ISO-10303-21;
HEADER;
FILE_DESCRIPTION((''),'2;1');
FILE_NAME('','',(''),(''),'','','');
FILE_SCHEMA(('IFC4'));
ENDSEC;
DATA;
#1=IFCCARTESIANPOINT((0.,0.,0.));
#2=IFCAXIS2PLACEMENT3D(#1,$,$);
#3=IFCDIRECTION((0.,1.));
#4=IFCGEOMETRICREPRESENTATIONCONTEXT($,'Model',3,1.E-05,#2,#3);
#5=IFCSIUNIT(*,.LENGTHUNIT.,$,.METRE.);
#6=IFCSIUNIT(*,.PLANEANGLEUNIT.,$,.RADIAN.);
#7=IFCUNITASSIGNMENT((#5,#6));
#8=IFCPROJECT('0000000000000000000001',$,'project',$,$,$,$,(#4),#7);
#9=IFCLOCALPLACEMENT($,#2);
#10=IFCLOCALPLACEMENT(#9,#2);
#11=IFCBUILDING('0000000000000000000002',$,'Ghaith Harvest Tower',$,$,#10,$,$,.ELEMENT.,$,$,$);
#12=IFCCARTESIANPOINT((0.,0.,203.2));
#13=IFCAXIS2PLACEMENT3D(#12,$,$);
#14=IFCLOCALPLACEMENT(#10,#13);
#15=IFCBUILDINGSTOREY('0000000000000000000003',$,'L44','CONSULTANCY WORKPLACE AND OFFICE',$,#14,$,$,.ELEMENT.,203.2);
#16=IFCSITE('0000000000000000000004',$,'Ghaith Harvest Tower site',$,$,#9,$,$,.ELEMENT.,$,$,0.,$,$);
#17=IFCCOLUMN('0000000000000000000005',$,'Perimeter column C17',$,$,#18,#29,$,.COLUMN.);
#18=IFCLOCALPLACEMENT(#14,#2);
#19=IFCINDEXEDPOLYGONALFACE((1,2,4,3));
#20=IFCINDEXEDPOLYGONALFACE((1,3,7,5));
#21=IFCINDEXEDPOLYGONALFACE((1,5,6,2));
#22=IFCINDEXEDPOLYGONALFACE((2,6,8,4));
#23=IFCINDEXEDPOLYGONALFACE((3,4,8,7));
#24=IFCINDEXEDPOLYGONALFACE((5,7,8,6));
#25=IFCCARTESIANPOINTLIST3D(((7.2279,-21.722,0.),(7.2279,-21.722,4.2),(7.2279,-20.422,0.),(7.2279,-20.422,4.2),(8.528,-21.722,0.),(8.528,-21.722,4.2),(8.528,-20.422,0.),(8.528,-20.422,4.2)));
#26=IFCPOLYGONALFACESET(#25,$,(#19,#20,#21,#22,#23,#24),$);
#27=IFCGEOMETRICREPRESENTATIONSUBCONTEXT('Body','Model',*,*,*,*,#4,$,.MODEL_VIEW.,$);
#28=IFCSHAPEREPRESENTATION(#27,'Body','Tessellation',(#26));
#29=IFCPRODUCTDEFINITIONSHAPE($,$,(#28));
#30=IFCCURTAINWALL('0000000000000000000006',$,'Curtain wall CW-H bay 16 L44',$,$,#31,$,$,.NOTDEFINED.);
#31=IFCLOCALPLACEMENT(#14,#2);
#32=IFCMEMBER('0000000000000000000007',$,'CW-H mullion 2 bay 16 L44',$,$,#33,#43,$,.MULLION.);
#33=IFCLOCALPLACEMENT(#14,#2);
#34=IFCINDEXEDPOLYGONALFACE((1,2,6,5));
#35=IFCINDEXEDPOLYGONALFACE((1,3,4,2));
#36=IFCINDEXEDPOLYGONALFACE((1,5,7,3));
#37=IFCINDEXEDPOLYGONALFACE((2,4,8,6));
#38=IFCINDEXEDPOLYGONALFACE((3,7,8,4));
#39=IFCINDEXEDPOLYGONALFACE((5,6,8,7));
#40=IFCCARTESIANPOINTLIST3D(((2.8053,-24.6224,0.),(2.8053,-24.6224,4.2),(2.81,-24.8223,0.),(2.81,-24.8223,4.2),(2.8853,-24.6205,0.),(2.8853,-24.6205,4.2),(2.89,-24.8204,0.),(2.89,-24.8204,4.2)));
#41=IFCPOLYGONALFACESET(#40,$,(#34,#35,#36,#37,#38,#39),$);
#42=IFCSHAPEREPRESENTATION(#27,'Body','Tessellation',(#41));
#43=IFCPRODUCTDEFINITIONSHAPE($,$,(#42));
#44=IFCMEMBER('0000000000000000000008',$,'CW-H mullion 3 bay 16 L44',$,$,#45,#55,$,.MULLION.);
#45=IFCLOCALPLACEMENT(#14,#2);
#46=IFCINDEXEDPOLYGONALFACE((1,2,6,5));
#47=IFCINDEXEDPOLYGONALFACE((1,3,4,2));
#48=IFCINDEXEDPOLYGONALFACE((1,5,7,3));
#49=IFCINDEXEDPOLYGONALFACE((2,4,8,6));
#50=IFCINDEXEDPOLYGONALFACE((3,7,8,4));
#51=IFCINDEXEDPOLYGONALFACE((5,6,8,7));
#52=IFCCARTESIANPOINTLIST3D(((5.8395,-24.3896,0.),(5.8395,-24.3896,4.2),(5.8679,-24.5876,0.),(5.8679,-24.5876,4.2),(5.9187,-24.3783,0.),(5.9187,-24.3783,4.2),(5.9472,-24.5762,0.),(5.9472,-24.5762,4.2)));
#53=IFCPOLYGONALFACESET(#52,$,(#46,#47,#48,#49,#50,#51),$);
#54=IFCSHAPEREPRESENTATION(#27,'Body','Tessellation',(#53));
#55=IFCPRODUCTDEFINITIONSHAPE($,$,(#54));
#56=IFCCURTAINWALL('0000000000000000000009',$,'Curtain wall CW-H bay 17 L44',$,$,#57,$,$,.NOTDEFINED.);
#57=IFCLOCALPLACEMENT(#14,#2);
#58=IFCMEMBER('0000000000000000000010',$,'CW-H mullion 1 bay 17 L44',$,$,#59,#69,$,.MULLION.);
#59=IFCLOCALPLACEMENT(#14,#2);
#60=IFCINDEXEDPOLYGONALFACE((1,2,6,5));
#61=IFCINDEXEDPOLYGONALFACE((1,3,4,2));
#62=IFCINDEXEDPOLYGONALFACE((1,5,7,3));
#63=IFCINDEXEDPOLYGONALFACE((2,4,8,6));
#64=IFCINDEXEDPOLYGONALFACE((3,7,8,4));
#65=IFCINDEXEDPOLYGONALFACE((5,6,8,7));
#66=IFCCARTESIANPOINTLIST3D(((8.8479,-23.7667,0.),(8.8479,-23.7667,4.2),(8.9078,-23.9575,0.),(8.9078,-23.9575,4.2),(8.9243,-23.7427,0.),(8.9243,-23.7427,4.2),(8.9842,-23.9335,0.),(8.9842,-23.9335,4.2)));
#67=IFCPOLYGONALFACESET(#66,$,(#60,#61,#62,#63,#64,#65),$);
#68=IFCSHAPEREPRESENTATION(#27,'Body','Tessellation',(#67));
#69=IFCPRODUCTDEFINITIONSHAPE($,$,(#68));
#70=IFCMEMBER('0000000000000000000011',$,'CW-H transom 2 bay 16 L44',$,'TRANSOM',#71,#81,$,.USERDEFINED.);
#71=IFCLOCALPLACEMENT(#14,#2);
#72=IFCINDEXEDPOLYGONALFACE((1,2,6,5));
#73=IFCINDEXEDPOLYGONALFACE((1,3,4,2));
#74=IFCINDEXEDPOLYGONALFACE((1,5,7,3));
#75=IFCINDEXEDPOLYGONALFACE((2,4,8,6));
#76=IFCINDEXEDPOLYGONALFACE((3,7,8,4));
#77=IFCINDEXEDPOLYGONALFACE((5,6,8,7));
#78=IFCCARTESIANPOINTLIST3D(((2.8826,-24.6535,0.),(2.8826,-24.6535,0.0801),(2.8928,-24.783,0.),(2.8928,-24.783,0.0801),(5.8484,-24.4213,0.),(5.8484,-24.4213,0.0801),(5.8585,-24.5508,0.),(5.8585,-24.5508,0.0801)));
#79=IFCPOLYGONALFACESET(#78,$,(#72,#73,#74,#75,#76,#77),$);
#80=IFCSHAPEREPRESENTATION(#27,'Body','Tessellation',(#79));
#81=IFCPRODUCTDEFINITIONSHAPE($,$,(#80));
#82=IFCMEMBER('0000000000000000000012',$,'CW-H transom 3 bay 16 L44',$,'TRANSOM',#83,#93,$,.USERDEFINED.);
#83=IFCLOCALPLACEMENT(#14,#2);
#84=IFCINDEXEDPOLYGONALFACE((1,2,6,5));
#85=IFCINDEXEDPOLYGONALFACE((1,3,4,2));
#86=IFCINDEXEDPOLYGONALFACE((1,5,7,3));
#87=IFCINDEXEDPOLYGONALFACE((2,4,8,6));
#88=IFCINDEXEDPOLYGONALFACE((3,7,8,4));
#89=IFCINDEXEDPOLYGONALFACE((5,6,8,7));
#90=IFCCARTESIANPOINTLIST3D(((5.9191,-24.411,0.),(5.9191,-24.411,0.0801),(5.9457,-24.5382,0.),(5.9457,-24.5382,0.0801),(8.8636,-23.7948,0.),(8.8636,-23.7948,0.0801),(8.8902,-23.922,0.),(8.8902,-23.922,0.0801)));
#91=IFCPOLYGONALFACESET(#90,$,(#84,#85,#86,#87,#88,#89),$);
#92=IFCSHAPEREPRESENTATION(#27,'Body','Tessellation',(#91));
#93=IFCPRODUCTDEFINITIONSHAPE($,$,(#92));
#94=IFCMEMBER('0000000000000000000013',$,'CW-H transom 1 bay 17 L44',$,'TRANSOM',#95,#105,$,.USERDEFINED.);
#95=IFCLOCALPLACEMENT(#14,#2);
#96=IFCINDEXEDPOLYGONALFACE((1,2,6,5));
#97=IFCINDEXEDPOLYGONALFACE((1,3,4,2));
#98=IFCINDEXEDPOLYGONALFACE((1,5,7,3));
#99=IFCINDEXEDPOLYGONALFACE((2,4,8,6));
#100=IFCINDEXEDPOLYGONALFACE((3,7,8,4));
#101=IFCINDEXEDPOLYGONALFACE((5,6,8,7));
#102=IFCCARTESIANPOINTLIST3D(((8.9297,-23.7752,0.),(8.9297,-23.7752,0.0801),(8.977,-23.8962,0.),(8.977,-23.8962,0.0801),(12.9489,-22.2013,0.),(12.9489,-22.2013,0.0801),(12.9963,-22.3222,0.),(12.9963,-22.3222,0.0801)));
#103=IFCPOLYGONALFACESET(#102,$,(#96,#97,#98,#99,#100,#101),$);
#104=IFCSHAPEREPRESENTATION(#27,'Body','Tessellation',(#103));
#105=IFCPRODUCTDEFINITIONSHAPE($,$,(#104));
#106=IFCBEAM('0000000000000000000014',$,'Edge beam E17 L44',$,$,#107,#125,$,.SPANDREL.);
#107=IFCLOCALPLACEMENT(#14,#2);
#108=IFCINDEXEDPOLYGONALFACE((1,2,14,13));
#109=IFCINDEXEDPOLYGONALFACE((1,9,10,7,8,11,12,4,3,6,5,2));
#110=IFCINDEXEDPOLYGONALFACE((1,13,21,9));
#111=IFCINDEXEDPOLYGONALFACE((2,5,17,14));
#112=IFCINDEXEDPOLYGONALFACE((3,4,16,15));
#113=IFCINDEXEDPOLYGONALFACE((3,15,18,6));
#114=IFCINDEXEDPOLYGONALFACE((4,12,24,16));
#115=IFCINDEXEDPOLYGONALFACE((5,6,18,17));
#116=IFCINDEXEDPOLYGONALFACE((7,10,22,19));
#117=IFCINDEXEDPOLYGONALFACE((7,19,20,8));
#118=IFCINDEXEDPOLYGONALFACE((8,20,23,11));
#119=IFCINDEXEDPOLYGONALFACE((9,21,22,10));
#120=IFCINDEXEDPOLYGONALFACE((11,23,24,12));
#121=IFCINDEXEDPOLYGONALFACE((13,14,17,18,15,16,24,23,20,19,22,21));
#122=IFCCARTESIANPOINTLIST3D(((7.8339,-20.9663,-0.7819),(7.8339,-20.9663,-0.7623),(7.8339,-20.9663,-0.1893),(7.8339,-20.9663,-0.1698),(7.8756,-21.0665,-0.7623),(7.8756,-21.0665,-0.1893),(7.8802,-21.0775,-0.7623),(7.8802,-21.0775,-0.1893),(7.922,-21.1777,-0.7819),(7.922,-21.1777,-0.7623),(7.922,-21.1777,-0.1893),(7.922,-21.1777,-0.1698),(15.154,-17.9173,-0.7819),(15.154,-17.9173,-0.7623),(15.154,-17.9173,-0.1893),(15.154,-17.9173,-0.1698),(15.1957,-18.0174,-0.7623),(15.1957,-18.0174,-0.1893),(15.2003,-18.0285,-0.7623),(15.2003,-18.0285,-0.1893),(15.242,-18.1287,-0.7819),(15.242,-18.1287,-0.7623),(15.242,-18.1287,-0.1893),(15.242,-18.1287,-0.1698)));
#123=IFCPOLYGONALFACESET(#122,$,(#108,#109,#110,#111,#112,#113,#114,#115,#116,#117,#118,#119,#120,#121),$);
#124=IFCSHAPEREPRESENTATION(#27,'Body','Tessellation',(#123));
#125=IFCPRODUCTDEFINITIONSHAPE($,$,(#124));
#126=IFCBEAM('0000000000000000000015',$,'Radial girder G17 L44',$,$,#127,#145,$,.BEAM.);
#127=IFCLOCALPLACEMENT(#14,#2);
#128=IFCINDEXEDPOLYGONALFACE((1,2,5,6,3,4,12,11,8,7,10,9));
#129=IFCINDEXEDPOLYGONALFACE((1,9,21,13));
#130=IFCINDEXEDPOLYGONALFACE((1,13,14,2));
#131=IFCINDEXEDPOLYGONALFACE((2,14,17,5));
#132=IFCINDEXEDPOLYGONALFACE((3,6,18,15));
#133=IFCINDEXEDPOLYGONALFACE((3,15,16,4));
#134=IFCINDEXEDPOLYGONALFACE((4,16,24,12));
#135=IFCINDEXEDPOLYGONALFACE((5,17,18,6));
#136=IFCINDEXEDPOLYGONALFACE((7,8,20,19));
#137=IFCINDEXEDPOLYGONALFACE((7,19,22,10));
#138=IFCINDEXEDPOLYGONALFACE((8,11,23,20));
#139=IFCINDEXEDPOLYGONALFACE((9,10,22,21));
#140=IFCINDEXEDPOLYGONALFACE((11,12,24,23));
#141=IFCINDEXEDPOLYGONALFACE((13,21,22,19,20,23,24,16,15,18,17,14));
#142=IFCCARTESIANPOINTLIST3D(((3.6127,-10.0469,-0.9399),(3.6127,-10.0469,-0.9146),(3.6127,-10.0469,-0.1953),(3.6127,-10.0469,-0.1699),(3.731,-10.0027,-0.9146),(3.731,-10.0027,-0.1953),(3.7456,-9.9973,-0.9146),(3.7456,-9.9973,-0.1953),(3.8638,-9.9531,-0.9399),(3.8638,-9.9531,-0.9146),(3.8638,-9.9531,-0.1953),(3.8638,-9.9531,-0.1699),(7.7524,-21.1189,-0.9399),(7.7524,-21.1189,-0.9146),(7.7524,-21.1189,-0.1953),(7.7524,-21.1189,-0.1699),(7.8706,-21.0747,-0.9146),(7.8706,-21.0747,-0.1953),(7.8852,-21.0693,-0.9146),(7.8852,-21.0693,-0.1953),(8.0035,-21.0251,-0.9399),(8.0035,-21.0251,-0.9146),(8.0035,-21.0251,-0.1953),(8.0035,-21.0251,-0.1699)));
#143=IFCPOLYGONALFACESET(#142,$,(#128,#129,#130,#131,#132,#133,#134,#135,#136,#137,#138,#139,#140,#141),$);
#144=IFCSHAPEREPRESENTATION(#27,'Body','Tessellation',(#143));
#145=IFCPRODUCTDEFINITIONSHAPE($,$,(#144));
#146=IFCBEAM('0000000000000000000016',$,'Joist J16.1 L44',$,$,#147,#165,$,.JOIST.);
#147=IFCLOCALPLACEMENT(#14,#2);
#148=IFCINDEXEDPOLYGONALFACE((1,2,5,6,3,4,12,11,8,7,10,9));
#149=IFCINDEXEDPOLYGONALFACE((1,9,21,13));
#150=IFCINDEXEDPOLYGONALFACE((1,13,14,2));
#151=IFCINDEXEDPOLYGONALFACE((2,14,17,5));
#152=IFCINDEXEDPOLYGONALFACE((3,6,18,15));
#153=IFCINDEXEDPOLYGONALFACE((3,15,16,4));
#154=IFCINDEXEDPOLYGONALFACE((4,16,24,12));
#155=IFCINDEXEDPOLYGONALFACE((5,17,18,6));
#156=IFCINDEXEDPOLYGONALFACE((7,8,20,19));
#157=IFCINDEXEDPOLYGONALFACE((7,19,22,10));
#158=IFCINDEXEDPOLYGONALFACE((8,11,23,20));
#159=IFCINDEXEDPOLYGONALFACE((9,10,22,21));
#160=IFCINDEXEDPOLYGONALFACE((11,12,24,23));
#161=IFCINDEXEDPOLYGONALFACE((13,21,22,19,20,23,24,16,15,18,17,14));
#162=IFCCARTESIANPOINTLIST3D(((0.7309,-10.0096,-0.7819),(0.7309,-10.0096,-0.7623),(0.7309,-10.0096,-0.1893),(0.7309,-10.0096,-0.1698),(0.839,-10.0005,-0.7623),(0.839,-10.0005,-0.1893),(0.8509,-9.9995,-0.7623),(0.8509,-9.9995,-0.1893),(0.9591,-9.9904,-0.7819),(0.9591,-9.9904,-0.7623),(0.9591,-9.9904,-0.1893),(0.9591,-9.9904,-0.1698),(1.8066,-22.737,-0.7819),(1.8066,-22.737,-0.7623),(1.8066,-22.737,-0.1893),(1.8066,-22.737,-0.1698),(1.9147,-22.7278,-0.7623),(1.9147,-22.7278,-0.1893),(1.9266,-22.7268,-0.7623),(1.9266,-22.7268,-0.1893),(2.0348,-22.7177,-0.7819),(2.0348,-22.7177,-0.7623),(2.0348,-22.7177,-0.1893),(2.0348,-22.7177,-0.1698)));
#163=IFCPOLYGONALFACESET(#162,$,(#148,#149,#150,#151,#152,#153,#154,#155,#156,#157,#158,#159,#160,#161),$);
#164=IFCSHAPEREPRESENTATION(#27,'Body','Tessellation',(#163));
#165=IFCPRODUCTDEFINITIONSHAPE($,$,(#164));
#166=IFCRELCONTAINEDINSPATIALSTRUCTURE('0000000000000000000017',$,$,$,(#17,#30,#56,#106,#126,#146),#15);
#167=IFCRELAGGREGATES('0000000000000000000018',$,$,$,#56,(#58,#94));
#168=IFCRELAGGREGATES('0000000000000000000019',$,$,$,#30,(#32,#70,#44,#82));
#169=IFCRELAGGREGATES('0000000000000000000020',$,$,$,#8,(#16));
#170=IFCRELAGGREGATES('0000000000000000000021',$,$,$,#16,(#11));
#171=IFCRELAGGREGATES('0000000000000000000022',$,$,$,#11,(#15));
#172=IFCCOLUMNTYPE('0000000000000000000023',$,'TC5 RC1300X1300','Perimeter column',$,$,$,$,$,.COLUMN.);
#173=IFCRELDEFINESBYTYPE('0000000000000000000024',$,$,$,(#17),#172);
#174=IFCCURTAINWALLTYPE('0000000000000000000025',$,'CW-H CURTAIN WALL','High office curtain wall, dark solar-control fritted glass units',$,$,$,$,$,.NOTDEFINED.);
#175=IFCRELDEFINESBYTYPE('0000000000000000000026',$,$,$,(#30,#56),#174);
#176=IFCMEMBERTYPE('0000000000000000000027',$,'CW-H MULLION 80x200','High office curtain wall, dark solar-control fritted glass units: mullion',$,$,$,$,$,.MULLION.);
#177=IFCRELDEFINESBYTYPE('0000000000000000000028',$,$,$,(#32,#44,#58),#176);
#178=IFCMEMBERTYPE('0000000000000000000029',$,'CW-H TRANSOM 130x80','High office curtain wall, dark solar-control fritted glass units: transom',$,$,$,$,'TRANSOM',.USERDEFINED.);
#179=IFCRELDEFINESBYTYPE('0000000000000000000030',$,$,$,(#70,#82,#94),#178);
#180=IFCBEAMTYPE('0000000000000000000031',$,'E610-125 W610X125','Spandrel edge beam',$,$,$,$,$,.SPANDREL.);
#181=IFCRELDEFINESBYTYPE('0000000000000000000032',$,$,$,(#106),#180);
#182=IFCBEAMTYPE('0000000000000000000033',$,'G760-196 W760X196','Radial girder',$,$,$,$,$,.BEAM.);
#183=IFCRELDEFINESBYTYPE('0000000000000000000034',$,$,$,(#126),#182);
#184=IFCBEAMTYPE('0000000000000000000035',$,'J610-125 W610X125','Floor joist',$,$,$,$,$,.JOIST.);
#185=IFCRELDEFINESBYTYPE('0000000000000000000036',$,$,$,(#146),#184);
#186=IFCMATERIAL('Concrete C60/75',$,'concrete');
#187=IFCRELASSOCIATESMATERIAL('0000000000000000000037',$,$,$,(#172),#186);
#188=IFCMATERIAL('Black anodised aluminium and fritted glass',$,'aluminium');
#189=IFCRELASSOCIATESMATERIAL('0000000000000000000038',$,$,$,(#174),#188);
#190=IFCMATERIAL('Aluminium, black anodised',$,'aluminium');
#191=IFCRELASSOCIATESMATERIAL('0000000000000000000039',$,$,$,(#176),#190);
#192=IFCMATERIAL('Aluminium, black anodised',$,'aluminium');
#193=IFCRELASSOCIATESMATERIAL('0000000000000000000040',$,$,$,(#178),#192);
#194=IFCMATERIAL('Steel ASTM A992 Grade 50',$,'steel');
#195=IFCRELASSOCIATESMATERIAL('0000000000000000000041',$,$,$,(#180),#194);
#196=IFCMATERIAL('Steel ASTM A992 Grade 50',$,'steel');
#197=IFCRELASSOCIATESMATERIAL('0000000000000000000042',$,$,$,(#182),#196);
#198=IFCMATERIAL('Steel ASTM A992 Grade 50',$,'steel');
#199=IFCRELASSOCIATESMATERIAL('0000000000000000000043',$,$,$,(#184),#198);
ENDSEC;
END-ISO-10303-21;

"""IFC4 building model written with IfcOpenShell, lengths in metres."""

from ifc_helpers import new_model, si_unit, direction, frame, origin, origin_2d, place, context, subcontext, project, spatial, rectangle, i_section, extrude, material, material_profile, profile_set, type_object, element, aggregate, save


model = new_model("IFC4")

# Units and contexts
model_context = context("Model", 3, precision=1e-05, world=origin(), true_north=direction((0.0, 1.0)))
body_context = subcontext(model_context, "Body", "Model", "MODEL_VIEW")
ifc_project = project(units=[si_unit("LENGTHUNIT", "METRE"), si_unit("PLANEANGLEUNIT", "RADIAN")], contexts=[model_context])

# Site, building, storey
site_placement = place(None, origin())
site = spatial("IfcSite", under=ifc_project, at=site_placement, Name="Ghaith Harvest Tower site", CompositionType="ELEMENT", RefElevation=0.0)
building_placement = place(site_placement, origin())
building = spatial("IfcBuilding", under=site, at=building_placement, Name="Ghaith Harvest Tower", CompositionType="ELEMENT")
storey_placement = place(building_placement, frame((0.0, 0.0, 203.2)))
storey = spatial("IfcBuildingStorey", under=building, at=storey_placement, Name="L44", Description="CONSULTANCY WORKPLACE AND OFFICE", CompositionType="ELEMENT", Elevation=203.2)

# Column
ifc_material_1 = material(Name="Concrete C60/75", Category="concrete")
ifc_material_profile_1 = material_profile(ifc_material_1, rectangle(XDim=1.3, YDim=1.3, at=origin_2d()), Name="RC1300X1300")
ifc_profile_set_1 = profile_set([ifc_material_profile_1], Name="Concrete C60/75")
column_type = type_object("IfcColumnType", Name="TC5 RC1300X1300", Description="Perimeter column", PredefinedType="COLUMN", material=ifc_profile_set_1)
column_placement = place(storey_placement, frame((7.8779, -21.072, 0.0), z_axis=(0.0, 0.0, 1.0), x_axis=(1.0, 0.0, 0.0)))
element("IfcColumn", 1, at=column_placement, inside=storey, type_object=column_type, Name="Perimeter column C17", PredefinedType="COLUMN", context=body_context, shape_type="SweptSolid", body=[
    extrude(rectangle(XDim=1.3, YDim=1.3, at=origin_2d()), origin(), (0.0, 0.0, 1.0), 4.2),
])

# Curtain wall, members
ifc_material_2 = material(Name="Black anodised aluminium and fritted glass", Category="aluminium")
curtain_wall_type = type_object("IfcCurtainWallType", Name="CW-H CURTAIN WALL", Description="High office curtain wall, dark solar-control fritted glass units", PredefinedType="NOTDEFINED", material=ifc_material_2)
curtain_wall_1_placement = place(storey_placement, origin())
curtain_wall_1 = element("IfcCurtainWall", 2, at=curtain_wall_1_placement, inside=storey, type_object=curtain_wall_type, Name="Curtain wall CW-H bay 16 L44", PredefinedType="NOTDEFINED")
ifc_material_3 = material(Name="Aluminium, black anodised", Category="aluminium")
ifc_material_profile_2 = material_profile(ifc_material_3, rectangle(XDim=0.0801, YDim=0.2, at=origin_2d()), Name="CW-H MULLION 80x200")
ifc_profile_set_2 = profile_set([ifc_material_profile_2], Name="Aluminium, black anodised")
member_type_1 = type_object("IfcMemberType", Name="CW-H MULLION 80x200", Description="High office curtain wall, dark solar-control fritted glass units: mullion", PredefinedType="MULLION", material=ifc_profile_set_2)
member_1_placement = place(storey_placement, frame((2.8477, -24.7214, 0.0), z_axis=(0.0, 0.0, 1.0), x_axis=(0.999724, 0.023475, 0.0)))
member_1 = element("IfcMember", 3, at=member_1_placement, type_object=member_type_1, Name="CW-H mullion 2 bay 16 L44", PredefinedType="MULLION", context=body_context, shape_type="SweptSolid", body=[
    extrude(rectangle(XDim=0.0801, YDim=0.2, at=origin_2d()), origin(), (0.0, 0.0, 1.0), 4.2),
])
member_2_placement = place(storey_placement, frame((5.8933, -24.4829, 0.0), z_axis=(0.0, 0.0, 1.0), x_axis=(0.989849, 0.142122, 0.0)))
member_2 = element("IfcMember", 4, at=member_2_placement, type_object=member_type_1, Name="CW-H mullion 3 bay 16 L44", PredefinedType="MULLION", context=body_context, shape_type="SweptSolid", body=[
    extrude(rectangle(XDim=0.0801, YDim=0.2, at=origin_2d()), origin(), (0.0, 0.0, 1.0), 4.2),
])

# Curtain wall, member
curtain_wall_2_placement = place(storey_placement, origin())
curtain_wall_2 = element("IfcCurtainWall", 5, at=curtain_wall_2_placement, inside=storey, type_object=curtain_wall_type, Name="Curtain wall CW-H bay 17 L44", PredefinedType="NOTDEFINED")
member_3_placement = place(storey_placement, frame((8.916, -23.8501, 0.0), z_axis=(0.0, 0.0, 1.0), x_axis=(0.95403, 0.299711, 0.0)))
member_3 = element("IfcMember", 6, at=member_3_placement, type_object=member_type_1, Name="CW-H mullion 1 bay 17 L44", PredefinedType="MULLION", context=body_context, shape_type="SweptSolid", body=[
    extrude(rectangle(XDim=0.0801, YDim=0.2, at=origin_2d()), origin(), (0.0, 0.0, 1.0), 4.2),
])

# Members
ifc_material_4 = material(Name="Aluminium, black anodised", Category="aluminium")
ifc_material_profile_3 = material_profile(ifc_material_4, rectangle(XDim=0.1299, YDim=0.0801, at=origin_2d()), Name="CW-H TRANSOM 130x80")
ifc_profile_set_3 = profile_set([ifc_material_profile_3], Name="Aluminium, black anodised")
member_type_2 = type_object("IfcMemberType", Name="CW-H TRANSOM 130x80", Description="High office curtain wall, dark solar-control fritted glass units: transom", ElementType="TRANSOM", PredefinedType="USERDEFINED", material=ifc_profile_set_3)
member_4_placement = place(storey_placement, frame((2.8877, -24.7183, 0.04), z_axis=(0.99695, 0.078046, 0.0), x_axis=(-0.078046, 0.99695, 0.0)))
member_4 = element("IfcMember", 7, at=member_4_placement, type_object=member_type_2, Name="CW-H transom 2 bay 16 L44", ObjectType="TRANSOM", PredefinedType="USERDEFINED", context=body_context, shape_type="SweptSolid", body=[
    extrude(rectangle(XDim=0.1299, YDim=0.0801, at=origin_2d()), origin(), (0.0, 0.0, 1.0), 2.9749),
])
member_5_placement = place(storey_placement, frame((5.9324, -24.4746, 0.04), z_axis=(0.978797, 0.204832, 0.0), x_axis=(-0.204832, 0.978797, 0.0)))
member_5 = element("IfcMember", 8, at=member_5_placement, type_object=member_type_2, Name="CW-H transom 3 bay 16 L44", ObjectType="TRANSOM", PredefinedType="USERDEFINED", context=body_context, shape_type="SweptSolid", body=[
    extrude(rectangle(XDim=0.1299, YDim=0.0801, at=origin_2d()), origin(), (0.0, 0.0, 1.0), 3.0083),
])
member_6_placement = place(storey_placement, frame((8.9534, -23.8357, 0.04), z_axis=(0.931148, 0.364642, 0.0), x_axis=(-0.364642, 0.931148, 0.0)))
member_6 = element("IfcMember", 9, at=member_6_placement, type_object=member_type_2, Name="CW-H transom 1 bay 17 L44", ObjectType="TRANSOM", PredefinedType="USERDEFINED", context=body_context, shape_type="SweptSolid", body=[
    extrude(rectangle(XDim=0.1299, YDim=0.0801, at=origin_2d()), origin(), (0.0, 0.0, 1.0), 4.3164),
])
aggregate(curtain_wall_2, [member_3, member_6])

# Beams
ifc_material_5 = material(Name="Steel ASTM A992 Grade 50", Category="steel")
ifc_material_profile_4 = material_profile(ifc_material_5, i_section(OverallWidth=0.229, OverallDepth=0.6121, WebThickness=0.012, FlangeThickness=0.0195, at=origin_2d()), Name="W610X125")
ifc_profile_set_4 = profile_set([ifc_material_profile_4], Name="Steel ASTM A992 Grade 50")
beam_type_1 = type_object("IfcBeamType", Name="E610-125 W610X125", Description="Spandrel edge beam", PredefinedType="SPANDREL", material=ifc_profile_set_4)
beam_1_placement = place(storey_placement, frame((7.8779, -21.072, -0.4758), z_axis=(0.92312, 0.384513, 0.0), x_axis=(-0.384513, 0.92312, 0.0)))
element("IfcBeam", 10, at=beam_1_placement, inside=storey, type_object=beam_type_1, Name="Edge beam E17 L44", PredefinedType="SPANDREL", context=body_context, shape_type="SweptSolid", body=[
    extrude(i_section(OverallWidth=0.229, OverallDepth=0.6121, WebThickness=0.012, FlangeThickness=0.0195, at=origin_2d()), origin(), (0.0, 0.0, 1.0), 7.9297),
])
ifc_material_6 = material(Name="Steel ASTM A992 Grade 50", Category="steel")
ifc_material_profile_5 = material_profile(ifc_material_6, i_section(OverallWidth=0.2681, OverallDepth=0.77, WebThickness=0.0156, FlangeThickness=0.0254, at=origin_2d()), Name="W760X196")
ifc_profile_set_5 = profile_set([ifc_material_profile_5], Name="Steel ASTM A992 Grade 50")
beam_type_2 = type_object("IfcBeamType", Name="G760-196 W760X196", Description="Radial girder", PredefinedType="BEAM", material=ifc_profile_set_5)
beam_2_placement = place(storey_placement, frame((3.7383, -10.0, -0.5549), z_axis=(0.350207, -0.936672, 0.0), x_axis=(0.936672, 0.350207, 0.0)))
element("IfcBeam", 11, at=beam_2_placement, inside=storey, type_object=beam_type_2, Name="Radial girder G17 L44", PredefinedType="BEAM", context=body_context, shape_type="SweptSolid", body=[
    extrude(i_section(OverallWidth=0.2681, OverallDepth=0.77, WebThickness=0.0156, FlangeThickness=0.0254, at=origin_2d()), origin(), (0.0, 0.0, 1.0), 11.8206),
])
ifc_material_7 = material(Name="Steel ASTM A992 Grade 50", Category="steel")
ifc_material_profile_6 = material_profile(ifc_material_7, i_section(OverallWidth=0.229, OverallDepth=0.6121, WebThickness=0.012, FlangeThickness=0.0195, at=origin_2d()), Name="W610X125")
ifc_profile_set_6 = profile_set([ifc_material_profile_6], Name="Steel ASTM A992 Grade 50")
beam_type_3 = type_object("IfcBeamType", Name="J610-125 W610X125", Description="Floor joist", PredefinedType="JOIST", material=ifc_profile_set_6)
beam_3_placement = place(storey_placement, frame((0.845, -10.0, -0.4758), z_axis=(0.084218, -0.996447, 0.0), x_axis=(0.996447, 0.084218, 0.0)))
element("IfcBeam", 12, at=beam_3_placement, inside=storey, type_object=beam_type_3, Name="Joist J16.1 L44", PredefinedType="JOIST", context=body_context, shape_type="SweptSolid", body=[
    extrude(i_section(OverallWidth=0.229, OverallDepth=0.6121, WebThickness=0.012, FlangeThickness=0.0195, at=origin_2d()), origin(), (0.0, 0.0, 1.0), 12.7727),
])

aggregate(curtain_wall_1, [member_1, member_4, member_2, member_5])

save(model, "model.ifc")
